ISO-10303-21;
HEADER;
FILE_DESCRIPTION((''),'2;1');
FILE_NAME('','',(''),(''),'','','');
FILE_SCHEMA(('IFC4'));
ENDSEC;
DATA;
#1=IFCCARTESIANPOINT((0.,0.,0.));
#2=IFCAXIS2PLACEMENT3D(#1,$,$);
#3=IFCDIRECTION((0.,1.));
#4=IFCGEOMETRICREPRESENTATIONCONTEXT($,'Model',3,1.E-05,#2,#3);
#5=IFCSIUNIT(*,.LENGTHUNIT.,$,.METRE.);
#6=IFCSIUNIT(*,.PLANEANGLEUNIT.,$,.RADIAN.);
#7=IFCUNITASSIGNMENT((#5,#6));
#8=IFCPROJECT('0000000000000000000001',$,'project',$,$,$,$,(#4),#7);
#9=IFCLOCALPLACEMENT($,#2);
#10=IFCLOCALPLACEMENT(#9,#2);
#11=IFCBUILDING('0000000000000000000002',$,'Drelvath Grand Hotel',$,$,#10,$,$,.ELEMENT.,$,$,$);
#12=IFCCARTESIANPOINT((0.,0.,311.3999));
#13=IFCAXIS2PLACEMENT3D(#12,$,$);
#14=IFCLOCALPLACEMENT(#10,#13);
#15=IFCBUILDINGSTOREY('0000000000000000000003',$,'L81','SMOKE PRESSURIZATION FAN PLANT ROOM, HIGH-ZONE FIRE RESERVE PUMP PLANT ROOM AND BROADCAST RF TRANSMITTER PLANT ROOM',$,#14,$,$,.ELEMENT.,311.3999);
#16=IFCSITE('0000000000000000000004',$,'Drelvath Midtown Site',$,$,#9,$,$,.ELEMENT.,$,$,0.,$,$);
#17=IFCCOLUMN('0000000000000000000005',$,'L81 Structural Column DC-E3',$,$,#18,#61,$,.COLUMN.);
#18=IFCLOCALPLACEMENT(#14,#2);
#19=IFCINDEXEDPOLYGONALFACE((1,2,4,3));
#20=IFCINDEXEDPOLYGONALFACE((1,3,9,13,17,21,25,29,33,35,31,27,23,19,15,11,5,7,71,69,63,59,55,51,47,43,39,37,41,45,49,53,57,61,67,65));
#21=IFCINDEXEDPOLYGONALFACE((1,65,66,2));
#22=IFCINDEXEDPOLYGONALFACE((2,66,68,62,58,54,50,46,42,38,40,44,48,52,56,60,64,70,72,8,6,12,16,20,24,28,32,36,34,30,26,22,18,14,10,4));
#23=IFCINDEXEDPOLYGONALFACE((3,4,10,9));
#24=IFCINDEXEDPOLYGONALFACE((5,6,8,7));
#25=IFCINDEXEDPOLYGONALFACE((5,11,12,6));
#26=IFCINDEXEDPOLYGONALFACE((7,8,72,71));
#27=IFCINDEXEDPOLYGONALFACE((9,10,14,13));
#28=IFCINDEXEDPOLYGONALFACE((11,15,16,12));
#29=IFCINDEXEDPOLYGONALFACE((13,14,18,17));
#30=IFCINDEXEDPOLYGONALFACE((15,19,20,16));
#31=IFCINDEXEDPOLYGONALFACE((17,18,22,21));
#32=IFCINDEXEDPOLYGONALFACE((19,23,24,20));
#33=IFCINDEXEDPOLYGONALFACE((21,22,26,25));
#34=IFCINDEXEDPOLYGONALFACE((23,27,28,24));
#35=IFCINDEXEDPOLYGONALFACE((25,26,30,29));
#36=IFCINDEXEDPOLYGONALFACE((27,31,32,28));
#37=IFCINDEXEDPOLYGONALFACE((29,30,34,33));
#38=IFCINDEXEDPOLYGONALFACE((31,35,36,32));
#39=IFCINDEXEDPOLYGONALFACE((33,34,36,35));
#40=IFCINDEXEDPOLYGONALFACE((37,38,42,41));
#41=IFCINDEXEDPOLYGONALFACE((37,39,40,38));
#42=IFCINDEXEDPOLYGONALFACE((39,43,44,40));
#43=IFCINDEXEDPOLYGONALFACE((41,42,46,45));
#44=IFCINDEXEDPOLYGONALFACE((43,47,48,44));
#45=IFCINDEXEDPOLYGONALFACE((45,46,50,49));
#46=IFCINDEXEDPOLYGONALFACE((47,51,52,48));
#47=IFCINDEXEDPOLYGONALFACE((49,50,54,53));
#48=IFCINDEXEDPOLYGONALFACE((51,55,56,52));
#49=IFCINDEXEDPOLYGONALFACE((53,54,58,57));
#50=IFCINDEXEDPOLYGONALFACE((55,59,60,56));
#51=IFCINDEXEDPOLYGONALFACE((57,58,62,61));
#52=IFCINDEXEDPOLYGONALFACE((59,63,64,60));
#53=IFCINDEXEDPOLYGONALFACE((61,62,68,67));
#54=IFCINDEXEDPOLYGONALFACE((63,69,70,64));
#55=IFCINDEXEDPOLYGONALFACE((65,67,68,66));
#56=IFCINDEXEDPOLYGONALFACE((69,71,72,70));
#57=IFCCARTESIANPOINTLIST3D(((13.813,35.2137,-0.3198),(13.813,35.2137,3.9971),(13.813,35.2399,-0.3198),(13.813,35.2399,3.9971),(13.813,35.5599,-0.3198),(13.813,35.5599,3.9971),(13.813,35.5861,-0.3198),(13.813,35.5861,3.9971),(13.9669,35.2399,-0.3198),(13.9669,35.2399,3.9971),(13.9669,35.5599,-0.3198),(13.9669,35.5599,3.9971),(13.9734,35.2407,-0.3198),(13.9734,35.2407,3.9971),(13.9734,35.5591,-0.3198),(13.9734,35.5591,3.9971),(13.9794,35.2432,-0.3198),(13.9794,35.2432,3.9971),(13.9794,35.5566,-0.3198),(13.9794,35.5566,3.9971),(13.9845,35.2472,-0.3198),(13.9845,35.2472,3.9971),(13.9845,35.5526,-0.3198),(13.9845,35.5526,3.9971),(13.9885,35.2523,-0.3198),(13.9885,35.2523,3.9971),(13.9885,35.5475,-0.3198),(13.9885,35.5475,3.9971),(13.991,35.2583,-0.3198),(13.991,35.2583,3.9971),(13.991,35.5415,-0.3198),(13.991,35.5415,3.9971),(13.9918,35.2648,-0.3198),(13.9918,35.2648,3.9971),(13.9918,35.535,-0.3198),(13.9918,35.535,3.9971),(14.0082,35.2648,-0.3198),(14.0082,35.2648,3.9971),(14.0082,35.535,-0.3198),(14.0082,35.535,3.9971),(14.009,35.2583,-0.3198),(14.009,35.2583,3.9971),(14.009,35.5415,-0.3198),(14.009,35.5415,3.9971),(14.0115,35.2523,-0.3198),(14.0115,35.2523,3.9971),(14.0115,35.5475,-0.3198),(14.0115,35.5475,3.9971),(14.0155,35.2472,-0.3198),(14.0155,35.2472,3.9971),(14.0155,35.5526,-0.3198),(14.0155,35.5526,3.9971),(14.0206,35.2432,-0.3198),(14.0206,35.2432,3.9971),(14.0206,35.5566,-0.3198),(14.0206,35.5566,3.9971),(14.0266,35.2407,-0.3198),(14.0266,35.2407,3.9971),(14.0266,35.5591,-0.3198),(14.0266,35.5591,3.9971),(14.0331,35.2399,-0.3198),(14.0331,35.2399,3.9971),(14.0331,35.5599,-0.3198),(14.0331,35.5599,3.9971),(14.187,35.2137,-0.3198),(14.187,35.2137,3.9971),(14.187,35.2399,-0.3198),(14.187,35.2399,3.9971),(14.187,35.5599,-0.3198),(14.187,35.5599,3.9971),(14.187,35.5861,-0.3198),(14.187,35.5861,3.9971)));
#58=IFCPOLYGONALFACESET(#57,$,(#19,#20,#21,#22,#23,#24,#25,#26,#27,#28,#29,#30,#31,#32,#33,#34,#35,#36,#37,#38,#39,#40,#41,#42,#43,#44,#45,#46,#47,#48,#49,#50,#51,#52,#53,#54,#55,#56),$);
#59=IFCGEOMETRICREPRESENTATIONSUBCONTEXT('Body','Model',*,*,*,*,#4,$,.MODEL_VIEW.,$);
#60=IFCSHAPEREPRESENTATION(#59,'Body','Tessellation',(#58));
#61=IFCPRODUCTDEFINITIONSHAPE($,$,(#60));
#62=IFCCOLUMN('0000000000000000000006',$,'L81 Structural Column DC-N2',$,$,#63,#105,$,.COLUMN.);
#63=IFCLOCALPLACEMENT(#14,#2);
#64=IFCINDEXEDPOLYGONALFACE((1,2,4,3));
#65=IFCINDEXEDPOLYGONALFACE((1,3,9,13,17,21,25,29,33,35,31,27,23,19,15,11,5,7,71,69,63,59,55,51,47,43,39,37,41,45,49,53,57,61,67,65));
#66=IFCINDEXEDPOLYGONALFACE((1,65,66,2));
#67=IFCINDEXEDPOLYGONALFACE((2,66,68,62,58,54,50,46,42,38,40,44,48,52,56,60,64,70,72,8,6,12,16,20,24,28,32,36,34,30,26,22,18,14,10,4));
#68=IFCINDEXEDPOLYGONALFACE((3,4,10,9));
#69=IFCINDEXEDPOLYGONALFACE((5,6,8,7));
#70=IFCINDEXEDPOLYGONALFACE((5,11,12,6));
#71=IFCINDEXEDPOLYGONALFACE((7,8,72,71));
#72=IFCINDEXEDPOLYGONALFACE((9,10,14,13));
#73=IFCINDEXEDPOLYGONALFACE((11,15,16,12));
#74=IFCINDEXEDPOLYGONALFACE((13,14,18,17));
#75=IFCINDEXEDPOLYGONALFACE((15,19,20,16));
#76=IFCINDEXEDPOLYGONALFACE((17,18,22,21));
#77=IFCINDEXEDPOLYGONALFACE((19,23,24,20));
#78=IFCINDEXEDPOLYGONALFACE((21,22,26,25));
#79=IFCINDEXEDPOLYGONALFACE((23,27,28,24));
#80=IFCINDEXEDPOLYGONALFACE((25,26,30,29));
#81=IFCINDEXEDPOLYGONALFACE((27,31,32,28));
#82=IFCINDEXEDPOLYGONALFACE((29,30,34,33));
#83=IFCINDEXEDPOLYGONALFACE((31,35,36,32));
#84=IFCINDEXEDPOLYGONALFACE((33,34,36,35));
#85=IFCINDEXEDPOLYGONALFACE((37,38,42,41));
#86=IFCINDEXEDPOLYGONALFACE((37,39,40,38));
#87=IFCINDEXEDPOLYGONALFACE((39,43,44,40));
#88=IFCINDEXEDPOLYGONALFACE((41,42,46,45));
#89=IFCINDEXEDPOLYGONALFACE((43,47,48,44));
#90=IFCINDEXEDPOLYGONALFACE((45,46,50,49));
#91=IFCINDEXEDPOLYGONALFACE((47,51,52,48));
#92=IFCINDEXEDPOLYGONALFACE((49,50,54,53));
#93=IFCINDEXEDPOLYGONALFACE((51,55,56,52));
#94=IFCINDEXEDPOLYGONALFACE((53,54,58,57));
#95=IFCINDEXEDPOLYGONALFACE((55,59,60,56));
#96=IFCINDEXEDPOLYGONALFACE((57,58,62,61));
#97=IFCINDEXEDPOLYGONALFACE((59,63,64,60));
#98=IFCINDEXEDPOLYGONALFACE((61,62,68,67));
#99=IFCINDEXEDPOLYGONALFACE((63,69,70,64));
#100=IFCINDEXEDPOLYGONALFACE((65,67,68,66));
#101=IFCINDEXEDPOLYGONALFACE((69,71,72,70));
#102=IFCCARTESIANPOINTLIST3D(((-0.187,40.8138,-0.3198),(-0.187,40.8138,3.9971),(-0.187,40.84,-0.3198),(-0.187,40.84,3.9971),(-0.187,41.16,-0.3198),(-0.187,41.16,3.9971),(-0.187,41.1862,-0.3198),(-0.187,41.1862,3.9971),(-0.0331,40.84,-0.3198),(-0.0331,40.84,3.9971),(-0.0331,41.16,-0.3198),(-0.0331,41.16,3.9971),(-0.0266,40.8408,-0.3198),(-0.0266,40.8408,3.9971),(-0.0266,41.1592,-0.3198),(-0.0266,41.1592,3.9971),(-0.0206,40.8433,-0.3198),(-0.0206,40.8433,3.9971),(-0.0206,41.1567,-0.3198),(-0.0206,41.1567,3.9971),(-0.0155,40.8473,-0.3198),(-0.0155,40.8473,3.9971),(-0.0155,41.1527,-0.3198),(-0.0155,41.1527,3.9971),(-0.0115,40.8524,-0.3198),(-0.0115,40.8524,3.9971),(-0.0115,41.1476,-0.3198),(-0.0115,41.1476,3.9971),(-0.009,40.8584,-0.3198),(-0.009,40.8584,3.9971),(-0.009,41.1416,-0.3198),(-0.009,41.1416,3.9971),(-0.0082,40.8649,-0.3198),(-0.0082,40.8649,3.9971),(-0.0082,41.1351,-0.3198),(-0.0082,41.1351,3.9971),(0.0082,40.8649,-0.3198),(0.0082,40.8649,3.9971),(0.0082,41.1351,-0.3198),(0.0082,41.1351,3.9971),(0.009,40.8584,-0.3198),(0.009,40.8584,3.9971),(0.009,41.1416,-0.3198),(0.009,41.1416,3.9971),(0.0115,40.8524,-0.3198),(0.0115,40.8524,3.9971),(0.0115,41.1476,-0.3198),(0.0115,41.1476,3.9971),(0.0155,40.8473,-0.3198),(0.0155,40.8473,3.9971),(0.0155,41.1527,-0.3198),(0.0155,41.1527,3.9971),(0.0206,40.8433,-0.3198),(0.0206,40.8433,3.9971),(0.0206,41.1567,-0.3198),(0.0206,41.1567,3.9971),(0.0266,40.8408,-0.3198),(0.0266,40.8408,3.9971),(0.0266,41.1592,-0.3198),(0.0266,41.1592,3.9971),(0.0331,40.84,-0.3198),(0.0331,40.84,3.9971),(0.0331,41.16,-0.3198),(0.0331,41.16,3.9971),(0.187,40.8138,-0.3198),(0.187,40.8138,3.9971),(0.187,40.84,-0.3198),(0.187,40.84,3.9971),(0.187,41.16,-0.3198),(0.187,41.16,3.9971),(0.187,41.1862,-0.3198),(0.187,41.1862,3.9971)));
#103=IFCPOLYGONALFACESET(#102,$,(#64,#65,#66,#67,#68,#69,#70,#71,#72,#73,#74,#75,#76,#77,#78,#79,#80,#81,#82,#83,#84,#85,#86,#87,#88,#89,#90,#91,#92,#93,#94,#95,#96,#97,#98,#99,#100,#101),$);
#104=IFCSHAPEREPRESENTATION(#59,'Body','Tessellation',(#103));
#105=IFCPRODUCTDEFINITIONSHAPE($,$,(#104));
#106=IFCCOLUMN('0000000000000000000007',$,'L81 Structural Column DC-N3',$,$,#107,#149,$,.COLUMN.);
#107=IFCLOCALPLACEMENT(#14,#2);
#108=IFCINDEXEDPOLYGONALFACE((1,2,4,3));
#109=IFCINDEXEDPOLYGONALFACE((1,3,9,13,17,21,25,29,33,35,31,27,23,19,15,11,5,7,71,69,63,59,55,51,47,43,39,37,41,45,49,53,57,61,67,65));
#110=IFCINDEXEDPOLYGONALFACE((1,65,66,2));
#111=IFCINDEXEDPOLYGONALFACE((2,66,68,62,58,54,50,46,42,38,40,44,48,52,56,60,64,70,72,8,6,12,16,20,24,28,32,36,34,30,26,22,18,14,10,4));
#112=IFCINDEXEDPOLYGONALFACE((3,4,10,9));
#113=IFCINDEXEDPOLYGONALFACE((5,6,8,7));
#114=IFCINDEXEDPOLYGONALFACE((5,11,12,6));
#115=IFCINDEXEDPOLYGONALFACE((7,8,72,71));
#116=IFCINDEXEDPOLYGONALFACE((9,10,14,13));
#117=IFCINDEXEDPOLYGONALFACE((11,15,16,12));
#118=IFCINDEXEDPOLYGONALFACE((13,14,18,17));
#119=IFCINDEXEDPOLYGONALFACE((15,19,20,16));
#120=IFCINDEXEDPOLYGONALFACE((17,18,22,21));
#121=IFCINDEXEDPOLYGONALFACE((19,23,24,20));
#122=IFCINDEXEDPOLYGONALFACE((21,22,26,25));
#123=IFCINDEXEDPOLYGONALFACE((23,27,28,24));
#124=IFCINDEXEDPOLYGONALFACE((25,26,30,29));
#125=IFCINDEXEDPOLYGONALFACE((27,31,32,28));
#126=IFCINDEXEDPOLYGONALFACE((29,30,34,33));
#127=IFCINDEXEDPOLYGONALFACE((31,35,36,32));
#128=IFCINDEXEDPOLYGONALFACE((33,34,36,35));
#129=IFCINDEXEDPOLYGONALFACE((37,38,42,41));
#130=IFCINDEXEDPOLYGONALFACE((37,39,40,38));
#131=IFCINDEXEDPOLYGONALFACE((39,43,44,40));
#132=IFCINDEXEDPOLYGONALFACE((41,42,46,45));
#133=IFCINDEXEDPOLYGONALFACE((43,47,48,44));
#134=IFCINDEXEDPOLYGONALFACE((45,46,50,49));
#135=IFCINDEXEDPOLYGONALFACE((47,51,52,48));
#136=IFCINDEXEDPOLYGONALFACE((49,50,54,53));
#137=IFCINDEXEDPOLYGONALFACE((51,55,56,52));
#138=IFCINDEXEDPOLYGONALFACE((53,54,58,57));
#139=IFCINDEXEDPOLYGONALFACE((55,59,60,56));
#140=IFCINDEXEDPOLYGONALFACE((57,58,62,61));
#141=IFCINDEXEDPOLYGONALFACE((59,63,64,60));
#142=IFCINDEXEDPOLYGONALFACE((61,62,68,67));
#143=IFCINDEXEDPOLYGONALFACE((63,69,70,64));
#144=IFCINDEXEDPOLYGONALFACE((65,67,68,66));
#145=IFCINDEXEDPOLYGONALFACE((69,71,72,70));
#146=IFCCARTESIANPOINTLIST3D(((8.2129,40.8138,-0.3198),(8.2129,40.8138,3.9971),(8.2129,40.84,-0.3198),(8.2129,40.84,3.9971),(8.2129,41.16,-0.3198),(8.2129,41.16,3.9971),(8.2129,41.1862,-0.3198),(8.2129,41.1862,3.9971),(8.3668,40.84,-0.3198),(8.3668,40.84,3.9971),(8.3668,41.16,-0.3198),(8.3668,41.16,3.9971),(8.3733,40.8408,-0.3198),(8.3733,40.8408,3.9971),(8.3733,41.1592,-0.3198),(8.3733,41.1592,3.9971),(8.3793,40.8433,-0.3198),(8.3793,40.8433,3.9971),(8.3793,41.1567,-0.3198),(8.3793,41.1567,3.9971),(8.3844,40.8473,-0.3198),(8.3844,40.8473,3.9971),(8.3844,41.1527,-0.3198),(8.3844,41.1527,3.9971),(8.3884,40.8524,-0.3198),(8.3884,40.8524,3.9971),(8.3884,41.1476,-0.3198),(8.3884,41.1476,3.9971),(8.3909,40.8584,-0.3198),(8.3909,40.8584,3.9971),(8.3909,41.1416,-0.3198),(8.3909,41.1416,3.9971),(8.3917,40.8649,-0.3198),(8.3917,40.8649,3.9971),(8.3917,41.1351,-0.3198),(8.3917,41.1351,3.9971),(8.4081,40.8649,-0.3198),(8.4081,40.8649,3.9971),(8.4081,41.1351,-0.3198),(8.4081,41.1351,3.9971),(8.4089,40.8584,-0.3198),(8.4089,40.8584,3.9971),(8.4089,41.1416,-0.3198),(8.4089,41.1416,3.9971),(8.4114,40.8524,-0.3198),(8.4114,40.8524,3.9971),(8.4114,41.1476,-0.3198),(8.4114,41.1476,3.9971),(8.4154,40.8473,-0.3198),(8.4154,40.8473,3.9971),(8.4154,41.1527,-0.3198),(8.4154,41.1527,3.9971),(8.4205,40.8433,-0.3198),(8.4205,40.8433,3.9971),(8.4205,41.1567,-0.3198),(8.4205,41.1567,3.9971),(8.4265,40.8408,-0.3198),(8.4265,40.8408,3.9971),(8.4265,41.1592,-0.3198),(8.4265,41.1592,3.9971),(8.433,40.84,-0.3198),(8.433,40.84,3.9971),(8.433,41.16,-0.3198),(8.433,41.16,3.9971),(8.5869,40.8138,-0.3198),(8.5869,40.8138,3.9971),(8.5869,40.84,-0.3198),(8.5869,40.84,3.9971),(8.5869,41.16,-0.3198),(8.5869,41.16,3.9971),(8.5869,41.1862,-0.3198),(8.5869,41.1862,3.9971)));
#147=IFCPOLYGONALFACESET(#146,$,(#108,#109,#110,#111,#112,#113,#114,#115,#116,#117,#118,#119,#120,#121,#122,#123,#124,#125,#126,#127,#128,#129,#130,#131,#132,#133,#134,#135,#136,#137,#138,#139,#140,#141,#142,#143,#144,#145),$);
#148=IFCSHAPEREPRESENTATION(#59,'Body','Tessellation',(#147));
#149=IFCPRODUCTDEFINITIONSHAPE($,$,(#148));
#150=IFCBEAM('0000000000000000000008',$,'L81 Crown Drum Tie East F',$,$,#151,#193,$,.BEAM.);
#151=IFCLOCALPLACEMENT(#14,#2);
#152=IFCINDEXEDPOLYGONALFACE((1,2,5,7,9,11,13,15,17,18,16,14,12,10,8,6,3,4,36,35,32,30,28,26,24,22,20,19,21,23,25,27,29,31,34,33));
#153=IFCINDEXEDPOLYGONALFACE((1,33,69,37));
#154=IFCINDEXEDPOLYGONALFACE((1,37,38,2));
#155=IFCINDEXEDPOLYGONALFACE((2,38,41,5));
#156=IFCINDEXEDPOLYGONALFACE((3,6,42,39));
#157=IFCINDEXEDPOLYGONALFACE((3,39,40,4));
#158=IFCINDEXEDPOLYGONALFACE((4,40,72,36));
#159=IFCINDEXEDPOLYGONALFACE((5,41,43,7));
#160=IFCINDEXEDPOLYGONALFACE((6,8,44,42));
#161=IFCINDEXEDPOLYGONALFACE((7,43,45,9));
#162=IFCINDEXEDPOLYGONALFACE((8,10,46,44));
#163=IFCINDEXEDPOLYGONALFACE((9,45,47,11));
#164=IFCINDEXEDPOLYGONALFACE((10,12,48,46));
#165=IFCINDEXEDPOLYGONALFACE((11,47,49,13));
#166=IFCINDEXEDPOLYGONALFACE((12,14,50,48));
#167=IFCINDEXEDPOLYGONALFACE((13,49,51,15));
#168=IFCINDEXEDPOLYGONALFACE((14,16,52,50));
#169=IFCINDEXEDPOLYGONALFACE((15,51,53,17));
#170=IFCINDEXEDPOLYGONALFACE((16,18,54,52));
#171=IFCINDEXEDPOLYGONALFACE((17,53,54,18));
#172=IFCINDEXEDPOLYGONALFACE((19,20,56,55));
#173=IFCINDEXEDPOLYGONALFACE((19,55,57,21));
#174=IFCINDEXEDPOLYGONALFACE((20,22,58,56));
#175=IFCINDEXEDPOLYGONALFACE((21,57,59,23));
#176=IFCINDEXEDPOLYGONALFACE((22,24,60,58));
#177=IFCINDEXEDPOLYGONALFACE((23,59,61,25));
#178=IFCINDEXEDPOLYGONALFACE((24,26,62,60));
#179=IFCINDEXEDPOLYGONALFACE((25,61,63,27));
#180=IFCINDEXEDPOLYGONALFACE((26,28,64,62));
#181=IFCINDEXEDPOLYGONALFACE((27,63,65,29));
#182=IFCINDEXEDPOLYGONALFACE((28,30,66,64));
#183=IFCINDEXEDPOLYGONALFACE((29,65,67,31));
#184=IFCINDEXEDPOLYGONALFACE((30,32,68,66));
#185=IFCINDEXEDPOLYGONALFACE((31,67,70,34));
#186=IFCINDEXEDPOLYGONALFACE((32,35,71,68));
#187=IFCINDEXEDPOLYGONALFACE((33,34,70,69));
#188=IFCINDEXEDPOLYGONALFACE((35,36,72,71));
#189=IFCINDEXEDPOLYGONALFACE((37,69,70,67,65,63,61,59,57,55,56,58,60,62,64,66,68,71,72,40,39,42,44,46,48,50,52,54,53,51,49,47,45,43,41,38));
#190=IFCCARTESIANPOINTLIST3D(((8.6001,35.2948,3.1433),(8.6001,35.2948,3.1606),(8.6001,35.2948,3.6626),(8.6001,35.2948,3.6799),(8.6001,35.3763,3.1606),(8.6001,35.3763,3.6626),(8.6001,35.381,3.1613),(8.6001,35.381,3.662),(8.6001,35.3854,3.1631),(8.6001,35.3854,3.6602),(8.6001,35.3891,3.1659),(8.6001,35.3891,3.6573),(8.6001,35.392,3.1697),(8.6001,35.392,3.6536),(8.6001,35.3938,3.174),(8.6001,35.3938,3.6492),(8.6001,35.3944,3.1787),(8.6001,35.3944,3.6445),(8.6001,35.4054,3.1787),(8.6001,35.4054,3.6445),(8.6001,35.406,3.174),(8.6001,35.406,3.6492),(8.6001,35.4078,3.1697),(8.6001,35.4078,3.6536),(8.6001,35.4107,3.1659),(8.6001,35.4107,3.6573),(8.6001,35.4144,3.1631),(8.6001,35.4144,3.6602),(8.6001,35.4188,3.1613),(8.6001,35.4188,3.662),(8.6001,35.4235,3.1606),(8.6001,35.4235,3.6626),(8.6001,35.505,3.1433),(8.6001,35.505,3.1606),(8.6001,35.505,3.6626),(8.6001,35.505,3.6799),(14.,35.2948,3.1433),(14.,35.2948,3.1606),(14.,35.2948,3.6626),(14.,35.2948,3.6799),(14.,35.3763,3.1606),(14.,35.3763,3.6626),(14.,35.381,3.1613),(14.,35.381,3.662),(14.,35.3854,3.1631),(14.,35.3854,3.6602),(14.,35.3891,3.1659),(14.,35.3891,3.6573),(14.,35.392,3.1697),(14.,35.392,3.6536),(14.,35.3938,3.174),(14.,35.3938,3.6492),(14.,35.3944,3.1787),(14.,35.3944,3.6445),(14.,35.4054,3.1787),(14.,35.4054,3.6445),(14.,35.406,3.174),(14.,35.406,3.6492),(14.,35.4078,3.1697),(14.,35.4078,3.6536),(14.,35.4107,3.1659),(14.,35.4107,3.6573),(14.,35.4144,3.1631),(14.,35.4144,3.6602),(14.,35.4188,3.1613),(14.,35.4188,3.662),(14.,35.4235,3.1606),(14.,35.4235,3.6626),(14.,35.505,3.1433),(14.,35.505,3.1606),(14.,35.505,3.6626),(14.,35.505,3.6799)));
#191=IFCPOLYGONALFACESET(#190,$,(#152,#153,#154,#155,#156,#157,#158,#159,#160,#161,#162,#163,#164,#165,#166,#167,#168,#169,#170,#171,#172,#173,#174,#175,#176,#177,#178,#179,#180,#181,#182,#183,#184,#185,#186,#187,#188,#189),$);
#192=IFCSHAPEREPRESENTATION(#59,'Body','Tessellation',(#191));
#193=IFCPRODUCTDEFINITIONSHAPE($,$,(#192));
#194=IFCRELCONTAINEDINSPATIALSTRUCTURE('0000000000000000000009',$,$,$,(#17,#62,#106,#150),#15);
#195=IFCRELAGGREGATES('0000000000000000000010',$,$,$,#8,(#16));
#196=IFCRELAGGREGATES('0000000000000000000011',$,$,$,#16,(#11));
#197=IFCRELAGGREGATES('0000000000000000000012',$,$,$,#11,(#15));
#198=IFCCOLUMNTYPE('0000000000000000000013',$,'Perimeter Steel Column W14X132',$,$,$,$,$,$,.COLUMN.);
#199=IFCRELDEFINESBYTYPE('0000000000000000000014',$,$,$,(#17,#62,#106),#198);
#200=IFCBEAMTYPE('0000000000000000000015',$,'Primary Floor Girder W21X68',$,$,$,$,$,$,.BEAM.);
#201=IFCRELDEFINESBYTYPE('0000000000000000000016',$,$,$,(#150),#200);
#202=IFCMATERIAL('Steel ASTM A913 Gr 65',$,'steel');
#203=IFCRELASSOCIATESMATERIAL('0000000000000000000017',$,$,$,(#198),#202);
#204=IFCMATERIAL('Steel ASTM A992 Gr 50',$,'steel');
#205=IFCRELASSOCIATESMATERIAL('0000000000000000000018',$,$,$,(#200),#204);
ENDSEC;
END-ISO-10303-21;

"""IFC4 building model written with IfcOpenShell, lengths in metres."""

from ifc_helpers import new_model, si_unit, direction, frame, origin, origin_2d, place, context, subcontext, project, spatial, i_section, extrude, material, material_profile, profile_set, type_object, element, save


model = new_model("IFC4")

# Units and contexts
model_context = context("Model", 3, precision=1e-05, world=origin(), true_north=direction((0.0, 1.0)))
body_context = subcontext(model_context, "Body", "Model", "MODEL_VIEW")
ifc_project = project(units=[si_unit("LENGTHUNIT", "METRE"), si_unit("PLANEANGLEUNIT", "RADIAN")], contexts=[model_context])

# Site, building, storey
site_placement = place(None, origin())
site = spatial("IfcSite", under=ifc_project, at=site_placement, Name="Drelvath Midtown Site", CompositionType="ELEMENT", RefElevation=0.0)
building_placement = place(site_placement, origin())
building = spatial("IfcBuilding", under=site, at=building_placement, Name="Drelvath Grand Hotel", CompositionType="ELEMENT")
storey_placement = place(building_placement, frame((0.0, 0.0, 311.3999)))
storey = spatial("IfcBuildingStorey", under=building, at=storey_placement, Name="L81", Description="SMOKE PRESSURIZATION FAN PLANT ROOM, HIGH-ZONE FIRE RESERVE PUMP PLANT ROOM AND BROADCAST RF TRANSMITTER PLANT ROOM", CompositionType="ELEMENT", Elevation=311.3999)

# Columns
ifc_material_1 = material(Name="Steel ASTM A913 Gr 65", Category="steel")
ifc_material_profile_1 = material_profile(ifc_material_1, i_section(OverallWidth=0.374, OverallDepth=0.3723, WebThickness=0.0164, FlangeThickness=0.0261, FilletRadius=0.0249, at=origin_2d()), Name="W14X132")
ifc_profile_set_1 = profile_set([ifc_material_profile_1], Name="Steel ASTM A913 Gr 65")
column_type = type_object("IfcColumnType", Name="Perimeter Steel Column W14X132", PredefinedType="COLUMN", material=ifc_profile_set_1)
for number, where, z_axis, x_axis, name in (
    (1, (14.0, 35.3999, -0.3198), (0.0, 0.0, 1.0), (1.0, 0.0, 0.0), "L81 Structural Column DC-E3"),
    (2, (0.0, 41.0, -0.3198), (0.0, 0.0, 1.0), (1.0, 0.0, 0.0), "L81 Structural Column DC-N2"),
    (3, (8.3999, 41.0, -0.3198), (0.0, 0.0, 1.0), (1.0, 0.0, 0.0), "L81 Structural Column DC-N3"),
):
    element("IfcColumn", number, at=place(storey_placement, frame(where, z_axis=z_axis, x_axis=x_axis)), inside=storey, type_object=column_type, Name=name, PredefinedType="COLUMN", context=body_context, shape_type="SweptSolid", body=[
        extrude(i_section(OverallWidth=0.374, OverallDepth=0.3723, WebThickness=0.0164, FlangeThickness=0.0261, FilletRadius=0.0249, at=origin_2d()), origin(), (0.0, 0.0, 1.0), 4.3169),
    ])

# Beam
ifc_material_2 = material(Name="Steel ASTM A992 Gr 50", Category="steel")
ifc_material_profile_2 = material_profile(ifc_material_2, i_section(OverallWidth=0.2102, OverallDepth=0.5366, WebThickness=0.011, FlangeThickness=0.0173, FilletRadius=0.0181, at=origin_2d()), Name="W21X68")
ifc_profile_set_2 = profile_set([ifc_material_profile_2], Name="Steel ASTM A992 Gr 50")
beam_type = type_object("IfcBeamType", Name="Primary Floor Girder W21X68", PredefinedType="BEAM", material=ifc_profile_set_2)
for number, where, z_axis, x_axis, name in (
    (4, (8.6001, 35.3999, 3.4116), (1.0, 0.0, 0.0), (0.0, 1.0, 0.0), "L81 Crown Drum Tie East F"),
):
    element("IfcBeam", number, at=place(storey_placement, frame(where, z_axis=z_axis, x_axis=x_axis)), inside=storey, type_object=beam_type, Name=name, PredefinedType="BEAM", context=body_context, shape_type="SweptSolid", body=[
        extrude(i_section(OverallWidth=0.2102, OverallDepth=0.5366, WebThickness=0.011, FlangeThickness=0.0173, FilletRadius=0.0181, at=origin_2d()), origin(), (0.0, 0.0, 1.0), 5.3999),
    ])

save(model, "model.ifc")
